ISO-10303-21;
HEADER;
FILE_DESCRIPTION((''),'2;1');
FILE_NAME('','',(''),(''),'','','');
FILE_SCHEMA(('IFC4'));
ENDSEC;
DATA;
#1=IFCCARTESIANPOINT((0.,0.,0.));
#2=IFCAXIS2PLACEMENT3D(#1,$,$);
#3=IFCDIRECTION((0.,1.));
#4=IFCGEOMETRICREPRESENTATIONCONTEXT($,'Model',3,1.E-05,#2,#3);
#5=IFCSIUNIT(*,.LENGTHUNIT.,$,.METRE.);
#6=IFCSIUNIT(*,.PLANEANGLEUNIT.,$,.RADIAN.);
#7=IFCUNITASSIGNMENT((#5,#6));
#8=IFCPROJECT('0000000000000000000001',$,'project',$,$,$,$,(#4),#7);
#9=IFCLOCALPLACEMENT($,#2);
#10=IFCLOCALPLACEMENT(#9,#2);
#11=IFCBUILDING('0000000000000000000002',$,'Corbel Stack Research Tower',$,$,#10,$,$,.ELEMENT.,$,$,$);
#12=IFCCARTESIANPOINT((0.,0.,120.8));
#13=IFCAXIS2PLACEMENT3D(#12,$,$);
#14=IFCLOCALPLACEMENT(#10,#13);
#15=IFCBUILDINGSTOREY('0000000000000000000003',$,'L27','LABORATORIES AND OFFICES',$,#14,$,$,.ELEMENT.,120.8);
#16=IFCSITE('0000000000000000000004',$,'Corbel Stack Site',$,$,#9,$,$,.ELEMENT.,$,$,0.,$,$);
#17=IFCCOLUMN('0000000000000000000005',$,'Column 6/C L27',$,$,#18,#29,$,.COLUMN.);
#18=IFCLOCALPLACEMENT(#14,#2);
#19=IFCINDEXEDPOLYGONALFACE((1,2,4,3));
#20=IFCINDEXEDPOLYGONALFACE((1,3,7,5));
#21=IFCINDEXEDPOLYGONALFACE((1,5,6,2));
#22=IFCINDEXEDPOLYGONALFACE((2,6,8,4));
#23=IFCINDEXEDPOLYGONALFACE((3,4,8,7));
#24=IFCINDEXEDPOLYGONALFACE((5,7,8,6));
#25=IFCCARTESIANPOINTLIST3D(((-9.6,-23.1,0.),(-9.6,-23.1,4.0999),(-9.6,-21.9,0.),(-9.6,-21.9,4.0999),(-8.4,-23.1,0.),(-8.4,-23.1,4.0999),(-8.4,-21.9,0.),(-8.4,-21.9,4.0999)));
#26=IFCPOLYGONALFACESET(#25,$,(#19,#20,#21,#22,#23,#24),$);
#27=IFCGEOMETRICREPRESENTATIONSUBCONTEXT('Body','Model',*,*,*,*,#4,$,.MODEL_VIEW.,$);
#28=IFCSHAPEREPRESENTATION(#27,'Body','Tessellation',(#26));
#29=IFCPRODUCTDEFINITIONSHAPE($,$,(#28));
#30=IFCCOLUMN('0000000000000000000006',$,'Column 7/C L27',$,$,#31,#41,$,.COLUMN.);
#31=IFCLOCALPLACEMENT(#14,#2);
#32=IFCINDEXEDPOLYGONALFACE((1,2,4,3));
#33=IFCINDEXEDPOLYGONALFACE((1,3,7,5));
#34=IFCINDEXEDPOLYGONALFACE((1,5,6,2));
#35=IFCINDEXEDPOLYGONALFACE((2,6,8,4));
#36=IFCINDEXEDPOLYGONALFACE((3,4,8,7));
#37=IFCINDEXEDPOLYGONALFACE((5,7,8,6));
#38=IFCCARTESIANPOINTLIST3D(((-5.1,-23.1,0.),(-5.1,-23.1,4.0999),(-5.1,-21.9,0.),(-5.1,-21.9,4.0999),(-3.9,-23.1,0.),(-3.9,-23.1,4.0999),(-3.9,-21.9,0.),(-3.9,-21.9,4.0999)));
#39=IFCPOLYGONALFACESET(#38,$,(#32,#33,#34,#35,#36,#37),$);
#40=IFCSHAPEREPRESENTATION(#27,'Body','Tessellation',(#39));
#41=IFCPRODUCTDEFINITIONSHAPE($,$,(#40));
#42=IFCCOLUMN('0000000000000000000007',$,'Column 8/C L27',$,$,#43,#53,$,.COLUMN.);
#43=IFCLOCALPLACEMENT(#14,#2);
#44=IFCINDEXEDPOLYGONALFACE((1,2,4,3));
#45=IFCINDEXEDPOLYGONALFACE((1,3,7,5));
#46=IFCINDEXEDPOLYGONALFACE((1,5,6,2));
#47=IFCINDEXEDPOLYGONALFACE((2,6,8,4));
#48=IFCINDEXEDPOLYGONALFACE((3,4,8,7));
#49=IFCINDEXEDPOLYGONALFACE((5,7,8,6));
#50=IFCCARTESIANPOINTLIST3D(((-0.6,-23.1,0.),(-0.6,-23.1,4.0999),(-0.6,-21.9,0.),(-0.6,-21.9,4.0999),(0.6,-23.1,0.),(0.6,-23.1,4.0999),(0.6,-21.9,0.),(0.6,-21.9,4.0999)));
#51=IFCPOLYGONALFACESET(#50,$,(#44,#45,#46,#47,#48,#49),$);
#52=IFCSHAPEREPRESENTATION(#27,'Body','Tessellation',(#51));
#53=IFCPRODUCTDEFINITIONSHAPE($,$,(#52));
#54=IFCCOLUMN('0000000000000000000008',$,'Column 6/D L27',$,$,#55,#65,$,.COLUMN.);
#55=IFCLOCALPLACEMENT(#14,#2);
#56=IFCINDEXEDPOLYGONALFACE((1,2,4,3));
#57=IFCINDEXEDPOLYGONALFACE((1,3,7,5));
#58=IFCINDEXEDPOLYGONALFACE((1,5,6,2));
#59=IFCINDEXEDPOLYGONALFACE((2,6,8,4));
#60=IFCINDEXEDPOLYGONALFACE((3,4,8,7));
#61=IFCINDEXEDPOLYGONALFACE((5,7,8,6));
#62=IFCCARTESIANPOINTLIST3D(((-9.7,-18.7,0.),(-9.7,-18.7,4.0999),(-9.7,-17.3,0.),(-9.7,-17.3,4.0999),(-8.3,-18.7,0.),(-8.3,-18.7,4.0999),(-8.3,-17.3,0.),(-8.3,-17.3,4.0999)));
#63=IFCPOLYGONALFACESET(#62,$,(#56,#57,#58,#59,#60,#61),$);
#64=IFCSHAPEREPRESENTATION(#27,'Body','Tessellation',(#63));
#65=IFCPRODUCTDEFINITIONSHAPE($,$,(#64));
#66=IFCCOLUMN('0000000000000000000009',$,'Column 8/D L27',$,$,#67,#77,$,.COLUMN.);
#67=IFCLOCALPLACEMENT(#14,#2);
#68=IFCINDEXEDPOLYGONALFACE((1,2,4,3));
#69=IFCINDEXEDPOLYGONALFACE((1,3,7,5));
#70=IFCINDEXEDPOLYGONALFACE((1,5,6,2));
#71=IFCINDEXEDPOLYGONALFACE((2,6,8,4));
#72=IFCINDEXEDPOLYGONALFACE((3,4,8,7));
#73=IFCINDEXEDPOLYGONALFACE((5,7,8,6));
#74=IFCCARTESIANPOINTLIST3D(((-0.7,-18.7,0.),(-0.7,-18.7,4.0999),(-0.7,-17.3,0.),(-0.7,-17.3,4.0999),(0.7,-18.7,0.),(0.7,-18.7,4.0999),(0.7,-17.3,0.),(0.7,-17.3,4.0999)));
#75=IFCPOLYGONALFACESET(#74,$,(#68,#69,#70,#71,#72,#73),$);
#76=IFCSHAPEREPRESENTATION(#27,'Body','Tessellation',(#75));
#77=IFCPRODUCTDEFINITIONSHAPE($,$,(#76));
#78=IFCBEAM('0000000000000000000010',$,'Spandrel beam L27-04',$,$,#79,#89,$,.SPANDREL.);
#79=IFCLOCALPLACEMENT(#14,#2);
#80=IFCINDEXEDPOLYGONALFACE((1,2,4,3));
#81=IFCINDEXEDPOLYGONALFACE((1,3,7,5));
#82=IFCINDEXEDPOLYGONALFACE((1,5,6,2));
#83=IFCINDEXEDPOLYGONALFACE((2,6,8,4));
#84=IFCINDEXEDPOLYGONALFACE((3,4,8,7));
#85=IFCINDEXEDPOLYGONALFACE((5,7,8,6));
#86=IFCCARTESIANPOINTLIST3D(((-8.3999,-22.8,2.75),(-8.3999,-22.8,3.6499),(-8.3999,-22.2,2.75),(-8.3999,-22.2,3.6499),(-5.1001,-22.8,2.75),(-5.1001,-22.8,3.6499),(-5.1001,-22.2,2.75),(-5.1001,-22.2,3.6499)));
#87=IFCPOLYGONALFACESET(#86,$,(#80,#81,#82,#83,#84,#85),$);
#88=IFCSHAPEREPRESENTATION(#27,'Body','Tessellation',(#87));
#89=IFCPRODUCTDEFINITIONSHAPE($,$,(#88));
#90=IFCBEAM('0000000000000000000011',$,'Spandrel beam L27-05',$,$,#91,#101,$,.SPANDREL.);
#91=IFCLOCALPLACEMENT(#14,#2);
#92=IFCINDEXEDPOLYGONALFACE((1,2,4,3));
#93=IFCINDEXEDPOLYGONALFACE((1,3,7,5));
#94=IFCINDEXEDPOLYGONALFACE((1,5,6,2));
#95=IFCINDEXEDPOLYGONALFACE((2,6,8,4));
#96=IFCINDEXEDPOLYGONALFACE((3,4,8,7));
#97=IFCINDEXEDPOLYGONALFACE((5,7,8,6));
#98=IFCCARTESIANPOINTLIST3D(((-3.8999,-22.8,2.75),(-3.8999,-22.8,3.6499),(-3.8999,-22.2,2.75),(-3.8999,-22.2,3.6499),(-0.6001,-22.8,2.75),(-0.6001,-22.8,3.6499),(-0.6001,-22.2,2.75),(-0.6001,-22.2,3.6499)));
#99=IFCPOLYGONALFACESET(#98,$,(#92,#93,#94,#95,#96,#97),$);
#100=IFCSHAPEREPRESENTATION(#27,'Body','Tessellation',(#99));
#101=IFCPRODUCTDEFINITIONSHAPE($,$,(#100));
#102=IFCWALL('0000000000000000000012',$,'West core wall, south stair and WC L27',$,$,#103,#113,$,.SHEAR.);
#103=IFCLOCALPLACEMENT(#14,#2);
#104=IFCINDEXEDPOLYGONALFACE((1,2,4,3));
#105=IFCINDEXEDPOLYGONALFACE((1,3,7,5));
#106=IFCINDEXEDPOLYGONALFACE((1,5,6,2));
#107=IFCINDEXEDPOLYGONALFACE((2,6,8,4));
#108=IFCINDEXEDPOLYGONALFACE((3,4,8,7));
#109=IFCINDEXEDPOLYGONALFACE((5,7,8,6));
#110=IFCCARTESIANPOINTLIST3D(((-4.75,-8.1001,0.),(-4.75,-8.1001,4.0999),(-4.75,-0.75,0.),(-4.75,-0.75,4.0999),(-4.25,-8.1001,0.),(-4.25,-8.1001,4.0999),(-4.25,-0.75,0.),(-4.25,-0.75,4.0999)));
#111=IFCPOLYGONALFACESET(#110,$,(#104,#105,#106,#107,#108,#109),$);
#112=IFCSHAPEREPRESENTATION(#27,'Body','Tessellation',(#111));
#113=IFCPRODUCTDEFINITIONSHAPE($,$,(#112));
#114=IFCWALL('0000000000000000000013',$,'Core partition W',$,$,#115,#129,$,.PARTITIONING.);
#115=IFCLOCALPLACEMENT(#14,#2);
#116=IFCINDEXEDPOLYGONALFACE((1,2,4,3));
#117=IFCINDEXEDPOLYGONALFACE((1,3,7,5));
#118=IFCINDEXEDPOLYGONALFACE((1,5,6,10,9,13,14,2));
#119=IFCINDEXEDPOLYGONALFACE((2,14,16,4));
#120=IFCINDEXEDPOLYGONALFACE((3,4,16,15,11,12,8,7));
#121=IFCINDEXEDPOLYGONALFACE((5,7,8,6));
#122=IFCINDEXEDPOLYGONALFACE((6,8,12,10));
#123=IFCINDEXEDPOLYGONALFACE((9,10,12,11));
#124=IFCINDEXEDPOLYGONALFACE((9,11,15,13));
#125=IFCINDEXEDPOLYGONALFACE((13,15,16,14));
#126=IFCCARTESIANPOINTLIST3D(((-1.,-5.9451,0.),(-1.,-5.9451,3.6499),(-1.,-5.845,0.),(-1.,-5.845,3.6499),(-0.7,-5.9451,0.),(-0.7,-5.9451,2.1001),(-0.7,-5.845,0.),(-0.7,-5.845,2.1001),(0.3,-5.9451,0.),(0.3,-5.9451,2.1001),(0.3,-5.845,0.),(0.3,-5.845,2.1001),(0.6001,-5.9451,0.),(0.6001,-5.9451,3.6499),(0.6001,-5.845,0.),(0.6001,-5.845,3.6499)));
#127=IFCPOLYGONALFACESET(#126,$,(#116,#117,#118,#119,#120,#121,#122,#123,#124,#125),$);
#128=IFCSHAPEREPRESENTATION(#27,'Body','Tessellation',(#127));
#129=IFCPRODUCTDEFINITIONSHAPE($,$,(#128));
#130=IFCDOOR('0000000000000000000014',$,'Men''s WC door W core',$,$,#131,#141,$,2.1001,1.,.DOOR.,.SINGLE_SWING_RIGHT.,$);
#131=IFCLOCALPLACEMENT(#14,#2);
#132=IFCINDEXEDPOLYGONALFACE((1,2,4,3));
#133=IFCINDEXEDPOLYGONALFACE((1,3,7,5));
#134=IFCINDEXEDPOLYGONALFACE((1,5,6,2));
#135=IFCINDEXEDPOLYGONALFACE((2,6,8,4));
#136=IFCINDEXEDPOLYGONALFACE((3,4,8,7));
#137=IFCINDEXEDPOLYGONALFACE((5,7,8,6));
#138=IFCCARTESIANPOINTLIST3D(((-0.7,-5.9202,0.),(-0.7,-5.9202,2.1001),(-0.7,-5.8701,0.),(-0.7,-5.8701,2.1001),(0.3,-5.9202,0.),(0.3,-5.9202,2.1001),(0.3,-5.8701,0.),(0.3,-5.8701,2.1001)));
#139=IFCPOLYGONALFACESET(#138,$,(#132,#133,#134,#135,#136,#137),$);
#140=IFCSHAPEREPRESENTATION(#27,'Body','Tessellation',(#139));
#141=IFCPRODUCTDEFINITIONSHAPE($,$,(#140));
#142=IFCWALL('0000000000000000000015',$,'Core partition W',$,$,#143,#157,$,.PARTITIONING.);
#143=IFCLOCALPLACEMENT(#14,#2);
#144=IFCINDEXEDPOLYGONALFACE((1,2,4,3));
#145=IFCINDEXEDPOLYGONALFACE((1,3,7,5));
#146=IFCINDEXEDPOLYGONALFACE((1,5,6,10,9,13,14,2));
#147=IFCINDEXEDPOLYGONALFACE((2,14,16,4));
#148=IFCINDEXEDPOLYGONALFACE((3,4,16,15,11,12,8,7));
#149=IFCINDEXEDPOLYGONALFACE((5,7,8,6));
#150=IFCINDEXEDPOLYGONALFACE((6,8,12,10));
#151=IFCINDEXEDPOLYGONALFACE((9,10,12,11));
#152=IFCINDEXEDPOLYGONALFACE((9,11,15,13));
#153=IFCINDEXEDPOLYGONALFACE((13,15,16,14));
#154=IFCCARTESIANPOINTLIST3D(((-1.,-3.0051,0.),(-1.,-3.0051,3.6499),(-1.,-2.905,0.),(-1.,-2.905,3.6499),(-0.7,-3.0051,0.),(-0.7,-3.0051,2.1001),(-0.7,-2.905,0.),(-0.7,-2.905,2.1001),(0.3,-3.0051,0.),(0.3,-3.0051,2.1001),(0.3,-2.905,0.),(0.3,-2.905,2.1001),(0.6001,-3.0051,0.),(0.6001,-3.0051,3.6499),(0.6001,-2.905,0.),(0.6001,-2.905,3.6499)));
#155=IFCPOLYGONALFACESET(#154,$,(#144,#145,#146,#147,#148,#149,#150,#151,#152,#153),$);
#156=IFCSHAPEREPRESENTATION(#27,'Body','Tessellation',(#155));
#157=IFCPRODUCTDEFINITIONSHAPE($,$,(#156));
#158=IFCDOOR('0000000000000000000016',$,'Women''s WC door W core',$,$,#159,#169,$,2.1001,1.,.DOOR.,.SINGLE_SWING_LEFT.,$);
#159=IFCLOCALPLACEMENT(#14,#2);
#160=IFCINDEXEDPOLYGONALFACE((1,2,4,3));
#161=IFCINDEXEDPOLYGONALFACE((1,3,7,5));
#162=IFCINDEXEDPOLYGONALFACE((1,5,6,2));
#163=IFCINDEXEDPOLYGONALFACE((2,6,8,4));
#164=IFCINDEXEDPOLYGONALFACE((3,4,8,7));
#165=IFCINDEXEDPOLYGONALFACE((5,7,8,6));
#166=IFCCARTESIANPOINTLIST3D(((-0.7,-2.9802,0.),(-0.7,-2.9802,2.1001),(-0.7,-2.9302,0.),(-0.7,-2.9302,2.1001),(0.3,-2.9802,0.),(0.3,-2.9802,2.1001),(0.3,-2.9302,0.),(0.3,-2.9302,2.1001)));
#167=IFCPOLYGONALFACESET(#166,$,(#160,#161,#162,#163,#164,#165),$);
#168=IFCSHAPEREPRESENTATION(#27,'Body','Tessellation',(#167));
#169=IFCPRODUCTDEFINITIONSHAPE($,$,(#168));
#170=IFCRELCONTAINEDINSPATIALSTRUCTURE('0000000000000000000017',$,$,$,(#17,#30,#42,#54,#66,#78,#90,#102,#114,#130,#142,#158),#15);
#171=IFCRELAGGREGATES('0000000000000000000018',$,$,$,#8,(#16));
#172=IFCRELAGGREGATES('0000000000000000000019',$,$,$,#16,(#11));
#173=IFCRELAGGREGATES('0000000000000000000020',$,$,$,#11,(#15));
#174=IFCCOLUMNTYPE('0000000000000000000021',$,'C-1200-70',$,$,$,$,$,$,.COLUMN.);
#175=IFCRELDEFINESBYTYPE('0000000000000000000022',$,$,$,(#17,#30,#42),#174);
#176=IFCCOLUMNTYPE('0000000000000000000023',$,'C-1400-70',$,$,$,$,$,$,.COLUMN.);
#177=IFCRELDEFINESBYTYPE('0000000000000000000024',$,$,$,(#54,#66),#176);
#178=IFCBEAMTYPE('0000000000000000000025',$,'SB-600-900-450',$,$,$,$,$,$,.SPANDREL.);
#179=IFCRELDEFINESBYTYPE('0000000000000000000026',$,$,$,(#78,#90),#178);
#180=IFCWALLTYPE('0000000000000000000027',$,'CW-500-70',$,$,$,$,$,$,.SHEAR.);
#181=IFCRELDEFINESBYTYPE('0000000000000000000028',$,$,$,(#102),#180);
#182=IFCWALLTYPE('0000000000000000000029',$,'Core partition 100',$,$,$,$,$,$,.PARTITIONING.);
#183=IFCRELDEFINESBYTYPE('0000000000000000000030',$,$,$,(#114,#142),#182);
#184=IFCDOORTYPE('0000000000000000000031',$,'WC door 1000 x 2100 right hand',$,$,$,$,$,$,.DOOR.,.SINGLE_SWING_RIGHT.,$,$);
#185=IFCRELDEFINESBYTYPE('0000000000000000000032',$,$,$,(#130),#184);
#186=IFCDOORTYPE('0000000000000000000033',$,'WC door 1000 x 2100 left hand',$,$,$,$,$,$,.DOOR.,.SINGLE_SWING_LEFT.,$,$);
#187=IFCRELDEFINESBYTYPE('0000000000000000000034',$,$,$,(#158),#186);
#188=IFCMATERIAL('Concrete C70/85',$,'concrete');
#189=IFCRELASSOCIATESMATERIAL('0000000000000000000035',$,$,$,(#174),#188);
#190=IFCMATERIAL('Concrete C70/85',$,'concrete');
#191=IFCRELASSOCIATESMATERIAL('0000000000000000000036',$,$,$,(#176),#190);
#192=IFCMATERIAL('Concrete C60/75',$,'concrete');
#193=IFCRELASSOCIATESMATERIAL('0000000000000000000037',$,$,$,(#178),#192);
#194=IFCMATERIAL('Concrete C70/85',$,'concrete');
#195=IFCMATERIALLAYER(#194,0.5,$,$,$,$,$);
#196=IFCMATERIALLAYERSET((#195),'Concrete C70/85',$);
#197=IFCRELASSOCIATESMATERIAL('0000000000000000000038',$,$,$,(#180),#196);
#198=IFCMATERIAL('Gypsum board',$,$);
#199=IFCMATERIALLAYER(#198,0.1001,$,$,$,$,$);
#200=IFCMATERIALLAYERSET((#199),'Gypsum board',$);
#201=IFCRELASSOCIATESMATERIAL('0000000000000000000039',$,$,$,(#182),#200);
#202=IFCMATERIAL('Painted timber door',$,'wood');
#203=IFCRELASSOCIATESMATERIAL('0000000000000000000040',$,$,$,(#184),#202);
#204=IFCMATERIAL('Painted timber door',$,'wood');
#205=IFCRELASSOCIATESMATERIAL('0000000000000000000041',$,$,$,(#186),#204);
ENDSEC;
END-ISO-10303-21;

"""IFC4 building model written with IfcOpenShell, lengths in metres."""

from ifc_helpers import new_model, si_unit, direction, frame, frame_2d, origin, origin_2d, place, context, subcontext, project, spatial, rectangle, extrude, material, layer, layer_set, material_profile, profile_set, type_object, element, fill, save


model = new_model("IFC4")

# Units and contexts
model_context = context("Model", 3, precision=1e-05, world=origin(), true_north=direction((0.0, 1.0)))
body_context = subcontext(model_context, "Body", "Model", "MODEL_VIEW")
ifc_project = project(units=[si_unit("LENGTHUNIT", "METRE"), si_unit("PLANEANGLEUNIT", "RADIAN")], contexts=[model_context])

# Site, building, storey
site_placement = place(None, origin())
site = spatial("IfcSite", under=ifc_project, at=site_placement, Name="Corbel Stack Site", CompositionType="ELEMENT", RefElevation=0.0)
building_placement = place(site_placement, origin())
building = spatial("IfcBuilding", under=site, at=building_placement, Name="Corbel Stack Research Tower", CompositionType="ELEMENT")
storey_placement = place(building_placement, frame((0.0, 0.0, 120.8)))
storey = spatial("IfcBuildingStorey", under=building, at=storey_placement, Name="L27", Description="LABORATORIES AND OFFICES", CompositionType="ELEMENT", Elevation=120.8)

# Columns
ifc_material_1 = material(Name="Concrete C70/85", Category="concrete")
ifc_material_profile_1 = material_profile(ifc_material_1, rectangle(XDim=1.2, YDim=1.2, at=origin_2d()), Name="RC 1200 x 1200")
ifc_profile_set_1 = profile_set([ifc_material_profile_1], Name="Concrete C70/85")
column_type_1 = type_object("IfcColumnType", Name="C-1200-70", PredefinedType="COLUMN", material=ifc_profile_set_1)
for number, where, z_axis, x_axis, name in (
    (1, (-9.0, -22.5, 0.0), (0.0, 0.0, 1.0), (1.0, 0.0, 0.0), "Column 6/C L27"),
    (2, (-4.5, -22.5, 0.0), (0.0, 0.0, 1.0), (1.0, 0.0, 0.0), "Column 7/C L27"),
    (3, (0.0, -22.5, 0.0), (0.0, 0.0, 1.0), (1.0, 0.0, 0.0), "Column 8/C L27"),
):
    element("IfcColumn", number, at=place(storey_placement, frame(where, z_axis=z_axis, x_axis=x_axis)), inside=storey, type_object=column_type_1, Name=name, PredefinedType="COLUMN", context=body_context, shape_type="SweptSolid", body=[
        extrude(rectangle(XDim=1.2, YDim=1.2, at=origin_2d()), origin(), (0.0, 0.0, 1.0), 4.0999),
    ])
ifc_material_2 = material(Name="Concrete C70/85", Category="concrete")
ifc_material_profile_2 = material_profile(ifc_material_2, rectangle(XDim=1.3999, YDim=1.3999, at=origin_2d()), Name="RC 1400 x 1400")
ifc_profile_set_2 = profile_set([ifc_material_profile_2], Name="Concrete C70/85")
column_type_2 = type_object("IfcColumnType", Name="C-1400-70", PredefinedType="COLUMN", material=ifc_profile_set_2)
for number, where, z_axis, x_axis, name in (
    (4, (-9.0, -18.0, 0.0), (0.0, 0.0, 1.0), (1.0, 0.0, 0.0), "Column 6/D L27"),
    (5, (0.0, -18.0, 0.0), (0.0, 0.0, 1.0), (1.0, 0.0, 0.0), "Column 8/D L27"),
):
    element("IfcColumn", number, at=place(storey_placement, frame(where, z_axis=z_axis, x_axis=x_axis)), inside=storey, type_object=column_type_2, Name=name, PredefinedType="COLUMN", context=body_context, shape_type="SweptSolid", body=[
        extrude(rectangle(XDim=1.3999, YDim=1.3999, at=origin_2d()), origin(), (0.0, 0.0, 1.0), 4.0999),
    ])

# Beams
ifc_material_3 = material(Name="Concrete C60/75", Category="concrete")
ifc_material_profile_3 = material_profile(ifc_material_3, rectangle(XDim=0.6001, YDim=0.8999, at=origin_2d()), Name="RC 600 x 900")
ifc_profile_set_3 = profile_set([ifc_material_profile_3], Name="Concrete C60/75")
beam_type = type_object("IfcBeamType", Name="SB-600-900-450", PredefinedType="SPANDREL", material=ifc_profile_set_3)
for number, where, z_axis, x_axis, name in (
    (6, (-8.3999, -22.5, 3.2), (1.0, 0.0, 0.0), (0.0, 1.0, 0.0), "Spandrel beam L27-04"),
    (7, (-3.8999, -22.5, 3.2), (1.0, 0.0, 0.0), (0.0, 1.0, 0.0), "Spandrel beam L27-05"),
):
    element("IfcBeam", number, at=place(storey_placement, frame(where, z_axis=z_axis, x_axis=x_axis)), inside=storey, type_object=beam_type, Name=name, PredefinedType="SPANDREL", context=body_context, shape_type="SweptSolid", body=[
        extrude(rectangle(XDim=0.6001, YDim=0.8999, at=origin_2d()), origin(), (0.0, 0.0, 1.0), 3.2998),
    ])

# Wall
ifc_material_4 = material(Name="Concrete C70/85", Category="concrete")
ifc_layer_1 = layer(ifc_material_4, 0.5)
ifc_layer_set_1 = layer_set([ifc_layer_1], Name="Concrete C70/85")
wall_type_1 = type_object("IfcWallType", Name="CW-500-70", PredefinedType="SHEAR", material=ifc_layer_set_1)
wall_1_placement = place(storey_placement, frame((-4.5, -8.1001, 0.0), z_axis=(0.0, 0.0, 1.0), x_axis=(0.0, 1.0, 0.0)))
element("IfcWall", 8, at=wall_1_placement, inside=storey, type_object=wall_type_1, Name="West core wall, south stair and WC L27", PredefinedType="SHEAR", context=body_context, shape_type="SweptSolid", body=[
    extrude(rectangle(XDim=7.3501, YDim=0.5, at=frame_2d((3.675, 0.0))), origin(), (0.0, 0.0, 1.0), 4.0999),
])

# Walls, openings, doors
ifc_material_5 = material(Name="Gypsum board")
ifc_layer_2 = layer(ifc_material_5, 0.1001)
ifc_layer_set_2 = layer_set([ifc_layer_2], Name="Gypsum board")
wall_type_2 = type_object("IfcWallType", Name="Core partition 100", PredefinedType="PARTITIONING", material=ifc_layer_set_2)
wall_2_placement = place(storey_placement, frame((-1.0, -5.895, 0.0), z_axis=(0.0, 0.0, 1.0), x_axis=(1.0, 0.0, 0.0)))
wall_2 = element("IfcWall", 9, at=wall_2_placement, inside=storey, type_object=wall_type_2, Name="Core partition W", PredefinedType="PARTITIONING", context=body_context, shape_type="SweptSolid", body=[
    extrude(rectangle(XDim=1.6001, YDim=0.1001, at=frame_2d((0.8, 0.0))), origin(), (0.0, 0.0, 1.0), 3.6499),
])
opening_1_placement = place(wall_2_placement, frame((0.3, 0.0, 0.0)))
opening_1 = element("IfcOpeningElement", 10, at=opening_1_placement, cuts=wall_2, PredefinedType="OPENING", context=body_context, shape_type="SweptSolid", body=[
    extrude(rectangle(XDim=1.0, YDim=2.1001, at=frame_2d((0.5, 1.05))), frame((0.0, 0.0601, 0.0), z_axis=(0.0, -1.0, 0.0), x_axis=(1.0, 0.0, 0.0)), (0.0, 0.0, 1.0), 0.1201),
])
ifc_material_6 = material(Name="Painted timber door", Category="wood")
door_type_1 = type_object("IfcDoorType", Name="WC door 1000 x 2100 right hand", OperationType="SINGLE_SWING_RIGHT", PredefinedType="DOOR", material=ifc_material_6)
door_1_placement = place(opening_1_placement, origin())
door_1 = element("IfcDoor", 11, at=door_1_placement, inside=storey, type_object=door_type_1, Name="Men's WC door W core", OperationType="SINGLE_SWING_RIGHT", OverallHeight=2.1001, OverallWidth=1.0, PredefinedType="DOOR", context=body_context, shape_type="SweptSolid", body=[
    extrude(rectangle(XDim=1.0, YDim=2.1001, at=frame_2d((0.5, 1.05))), frame((0.0, 0.0249, 0.0), z_axis=(0.0, -1.0, 0.0), x_axis=(1.0, 0.0, 0.0)), (0.0, 0.0, 1.0), 0.05),
])
fill(opening_1, door_1)
wall_3_placement = place(storey_placement, frame((-1.0, -2.9551, 0.0), z_axis=(0.0, 0.0, 1.0), x_axis=(1.0, 0.0, 0.0)))
wall_3 = element("IfcWall", 12, at=wall_3_placement, inside=storey, type_object=wall_type_2, Name="Core partition W", PredefinedType="PARTITIONING", context=body_context, shape_type="SweptSolid", body=[
    extrude(rectangle(XDim=1.6001, YDim=0.1001, at=frame_2d((0.8, 0.0))), origin(), (0.0, 0.0, 1.0), 3.6499),
])
opening_2_placement = place(wall_3_placement, frame((0.3, 0.0, 0.0)))
opening_2 = element("IfcOpeningElement", 13, at=opening_2_placement, cuts=wall_3, PredefinedType="OPENING", context=body_context, shape_type="SweptSolid", body=[
    extrude(rectangle(XDim=1.0, YDim=2.1001, at=frame_2d((0.5, 1.05))), frame((0.0, 0.0601, 0.0), z_axis=(0.0, -1.0, 0.0), x_axis=(1.0, 0.0, 0.0)), (0.0, 0.0, 1.0), 0.1201),
])
ifc_material_7 = material(Name="Painted timber door", Category="wood")
door_type_2 = type_object("IfcDoorType", Name="WC door 1000 x 2100 left hand", OperationType="SINGLE_SWING_LEFT", PredefinedType="DOOR", material=ifc_material_7)
door_2_placement = place(opening_2_placement, origin())
door_2 = element("IfcDoor", 14, at=door_2_placement, inside=storey, type_object=door_type_2, Name="Women's WC door W core", OperationType="SINGLE_SWING_LEFT", OverallHeight=2.1001, OverallWidth=1.0, PredefinedType="DOOR", context=body_context, shape_type="SweptSolid", body=[
    extrude(rectangle(XDim=1.0, YDim=2.1001, at=frame_2d((0.5, 1.05))), frame((0.0, 0.0249, 0.0), z_axis=(0.0, -1.0, 0.0), x_axis=(1.0, 0.0, 0.0)), (0.0, 0.0, 1.0), 0.05),
])
fill(opening_2, door_2)

save(model, "model.ifc")
